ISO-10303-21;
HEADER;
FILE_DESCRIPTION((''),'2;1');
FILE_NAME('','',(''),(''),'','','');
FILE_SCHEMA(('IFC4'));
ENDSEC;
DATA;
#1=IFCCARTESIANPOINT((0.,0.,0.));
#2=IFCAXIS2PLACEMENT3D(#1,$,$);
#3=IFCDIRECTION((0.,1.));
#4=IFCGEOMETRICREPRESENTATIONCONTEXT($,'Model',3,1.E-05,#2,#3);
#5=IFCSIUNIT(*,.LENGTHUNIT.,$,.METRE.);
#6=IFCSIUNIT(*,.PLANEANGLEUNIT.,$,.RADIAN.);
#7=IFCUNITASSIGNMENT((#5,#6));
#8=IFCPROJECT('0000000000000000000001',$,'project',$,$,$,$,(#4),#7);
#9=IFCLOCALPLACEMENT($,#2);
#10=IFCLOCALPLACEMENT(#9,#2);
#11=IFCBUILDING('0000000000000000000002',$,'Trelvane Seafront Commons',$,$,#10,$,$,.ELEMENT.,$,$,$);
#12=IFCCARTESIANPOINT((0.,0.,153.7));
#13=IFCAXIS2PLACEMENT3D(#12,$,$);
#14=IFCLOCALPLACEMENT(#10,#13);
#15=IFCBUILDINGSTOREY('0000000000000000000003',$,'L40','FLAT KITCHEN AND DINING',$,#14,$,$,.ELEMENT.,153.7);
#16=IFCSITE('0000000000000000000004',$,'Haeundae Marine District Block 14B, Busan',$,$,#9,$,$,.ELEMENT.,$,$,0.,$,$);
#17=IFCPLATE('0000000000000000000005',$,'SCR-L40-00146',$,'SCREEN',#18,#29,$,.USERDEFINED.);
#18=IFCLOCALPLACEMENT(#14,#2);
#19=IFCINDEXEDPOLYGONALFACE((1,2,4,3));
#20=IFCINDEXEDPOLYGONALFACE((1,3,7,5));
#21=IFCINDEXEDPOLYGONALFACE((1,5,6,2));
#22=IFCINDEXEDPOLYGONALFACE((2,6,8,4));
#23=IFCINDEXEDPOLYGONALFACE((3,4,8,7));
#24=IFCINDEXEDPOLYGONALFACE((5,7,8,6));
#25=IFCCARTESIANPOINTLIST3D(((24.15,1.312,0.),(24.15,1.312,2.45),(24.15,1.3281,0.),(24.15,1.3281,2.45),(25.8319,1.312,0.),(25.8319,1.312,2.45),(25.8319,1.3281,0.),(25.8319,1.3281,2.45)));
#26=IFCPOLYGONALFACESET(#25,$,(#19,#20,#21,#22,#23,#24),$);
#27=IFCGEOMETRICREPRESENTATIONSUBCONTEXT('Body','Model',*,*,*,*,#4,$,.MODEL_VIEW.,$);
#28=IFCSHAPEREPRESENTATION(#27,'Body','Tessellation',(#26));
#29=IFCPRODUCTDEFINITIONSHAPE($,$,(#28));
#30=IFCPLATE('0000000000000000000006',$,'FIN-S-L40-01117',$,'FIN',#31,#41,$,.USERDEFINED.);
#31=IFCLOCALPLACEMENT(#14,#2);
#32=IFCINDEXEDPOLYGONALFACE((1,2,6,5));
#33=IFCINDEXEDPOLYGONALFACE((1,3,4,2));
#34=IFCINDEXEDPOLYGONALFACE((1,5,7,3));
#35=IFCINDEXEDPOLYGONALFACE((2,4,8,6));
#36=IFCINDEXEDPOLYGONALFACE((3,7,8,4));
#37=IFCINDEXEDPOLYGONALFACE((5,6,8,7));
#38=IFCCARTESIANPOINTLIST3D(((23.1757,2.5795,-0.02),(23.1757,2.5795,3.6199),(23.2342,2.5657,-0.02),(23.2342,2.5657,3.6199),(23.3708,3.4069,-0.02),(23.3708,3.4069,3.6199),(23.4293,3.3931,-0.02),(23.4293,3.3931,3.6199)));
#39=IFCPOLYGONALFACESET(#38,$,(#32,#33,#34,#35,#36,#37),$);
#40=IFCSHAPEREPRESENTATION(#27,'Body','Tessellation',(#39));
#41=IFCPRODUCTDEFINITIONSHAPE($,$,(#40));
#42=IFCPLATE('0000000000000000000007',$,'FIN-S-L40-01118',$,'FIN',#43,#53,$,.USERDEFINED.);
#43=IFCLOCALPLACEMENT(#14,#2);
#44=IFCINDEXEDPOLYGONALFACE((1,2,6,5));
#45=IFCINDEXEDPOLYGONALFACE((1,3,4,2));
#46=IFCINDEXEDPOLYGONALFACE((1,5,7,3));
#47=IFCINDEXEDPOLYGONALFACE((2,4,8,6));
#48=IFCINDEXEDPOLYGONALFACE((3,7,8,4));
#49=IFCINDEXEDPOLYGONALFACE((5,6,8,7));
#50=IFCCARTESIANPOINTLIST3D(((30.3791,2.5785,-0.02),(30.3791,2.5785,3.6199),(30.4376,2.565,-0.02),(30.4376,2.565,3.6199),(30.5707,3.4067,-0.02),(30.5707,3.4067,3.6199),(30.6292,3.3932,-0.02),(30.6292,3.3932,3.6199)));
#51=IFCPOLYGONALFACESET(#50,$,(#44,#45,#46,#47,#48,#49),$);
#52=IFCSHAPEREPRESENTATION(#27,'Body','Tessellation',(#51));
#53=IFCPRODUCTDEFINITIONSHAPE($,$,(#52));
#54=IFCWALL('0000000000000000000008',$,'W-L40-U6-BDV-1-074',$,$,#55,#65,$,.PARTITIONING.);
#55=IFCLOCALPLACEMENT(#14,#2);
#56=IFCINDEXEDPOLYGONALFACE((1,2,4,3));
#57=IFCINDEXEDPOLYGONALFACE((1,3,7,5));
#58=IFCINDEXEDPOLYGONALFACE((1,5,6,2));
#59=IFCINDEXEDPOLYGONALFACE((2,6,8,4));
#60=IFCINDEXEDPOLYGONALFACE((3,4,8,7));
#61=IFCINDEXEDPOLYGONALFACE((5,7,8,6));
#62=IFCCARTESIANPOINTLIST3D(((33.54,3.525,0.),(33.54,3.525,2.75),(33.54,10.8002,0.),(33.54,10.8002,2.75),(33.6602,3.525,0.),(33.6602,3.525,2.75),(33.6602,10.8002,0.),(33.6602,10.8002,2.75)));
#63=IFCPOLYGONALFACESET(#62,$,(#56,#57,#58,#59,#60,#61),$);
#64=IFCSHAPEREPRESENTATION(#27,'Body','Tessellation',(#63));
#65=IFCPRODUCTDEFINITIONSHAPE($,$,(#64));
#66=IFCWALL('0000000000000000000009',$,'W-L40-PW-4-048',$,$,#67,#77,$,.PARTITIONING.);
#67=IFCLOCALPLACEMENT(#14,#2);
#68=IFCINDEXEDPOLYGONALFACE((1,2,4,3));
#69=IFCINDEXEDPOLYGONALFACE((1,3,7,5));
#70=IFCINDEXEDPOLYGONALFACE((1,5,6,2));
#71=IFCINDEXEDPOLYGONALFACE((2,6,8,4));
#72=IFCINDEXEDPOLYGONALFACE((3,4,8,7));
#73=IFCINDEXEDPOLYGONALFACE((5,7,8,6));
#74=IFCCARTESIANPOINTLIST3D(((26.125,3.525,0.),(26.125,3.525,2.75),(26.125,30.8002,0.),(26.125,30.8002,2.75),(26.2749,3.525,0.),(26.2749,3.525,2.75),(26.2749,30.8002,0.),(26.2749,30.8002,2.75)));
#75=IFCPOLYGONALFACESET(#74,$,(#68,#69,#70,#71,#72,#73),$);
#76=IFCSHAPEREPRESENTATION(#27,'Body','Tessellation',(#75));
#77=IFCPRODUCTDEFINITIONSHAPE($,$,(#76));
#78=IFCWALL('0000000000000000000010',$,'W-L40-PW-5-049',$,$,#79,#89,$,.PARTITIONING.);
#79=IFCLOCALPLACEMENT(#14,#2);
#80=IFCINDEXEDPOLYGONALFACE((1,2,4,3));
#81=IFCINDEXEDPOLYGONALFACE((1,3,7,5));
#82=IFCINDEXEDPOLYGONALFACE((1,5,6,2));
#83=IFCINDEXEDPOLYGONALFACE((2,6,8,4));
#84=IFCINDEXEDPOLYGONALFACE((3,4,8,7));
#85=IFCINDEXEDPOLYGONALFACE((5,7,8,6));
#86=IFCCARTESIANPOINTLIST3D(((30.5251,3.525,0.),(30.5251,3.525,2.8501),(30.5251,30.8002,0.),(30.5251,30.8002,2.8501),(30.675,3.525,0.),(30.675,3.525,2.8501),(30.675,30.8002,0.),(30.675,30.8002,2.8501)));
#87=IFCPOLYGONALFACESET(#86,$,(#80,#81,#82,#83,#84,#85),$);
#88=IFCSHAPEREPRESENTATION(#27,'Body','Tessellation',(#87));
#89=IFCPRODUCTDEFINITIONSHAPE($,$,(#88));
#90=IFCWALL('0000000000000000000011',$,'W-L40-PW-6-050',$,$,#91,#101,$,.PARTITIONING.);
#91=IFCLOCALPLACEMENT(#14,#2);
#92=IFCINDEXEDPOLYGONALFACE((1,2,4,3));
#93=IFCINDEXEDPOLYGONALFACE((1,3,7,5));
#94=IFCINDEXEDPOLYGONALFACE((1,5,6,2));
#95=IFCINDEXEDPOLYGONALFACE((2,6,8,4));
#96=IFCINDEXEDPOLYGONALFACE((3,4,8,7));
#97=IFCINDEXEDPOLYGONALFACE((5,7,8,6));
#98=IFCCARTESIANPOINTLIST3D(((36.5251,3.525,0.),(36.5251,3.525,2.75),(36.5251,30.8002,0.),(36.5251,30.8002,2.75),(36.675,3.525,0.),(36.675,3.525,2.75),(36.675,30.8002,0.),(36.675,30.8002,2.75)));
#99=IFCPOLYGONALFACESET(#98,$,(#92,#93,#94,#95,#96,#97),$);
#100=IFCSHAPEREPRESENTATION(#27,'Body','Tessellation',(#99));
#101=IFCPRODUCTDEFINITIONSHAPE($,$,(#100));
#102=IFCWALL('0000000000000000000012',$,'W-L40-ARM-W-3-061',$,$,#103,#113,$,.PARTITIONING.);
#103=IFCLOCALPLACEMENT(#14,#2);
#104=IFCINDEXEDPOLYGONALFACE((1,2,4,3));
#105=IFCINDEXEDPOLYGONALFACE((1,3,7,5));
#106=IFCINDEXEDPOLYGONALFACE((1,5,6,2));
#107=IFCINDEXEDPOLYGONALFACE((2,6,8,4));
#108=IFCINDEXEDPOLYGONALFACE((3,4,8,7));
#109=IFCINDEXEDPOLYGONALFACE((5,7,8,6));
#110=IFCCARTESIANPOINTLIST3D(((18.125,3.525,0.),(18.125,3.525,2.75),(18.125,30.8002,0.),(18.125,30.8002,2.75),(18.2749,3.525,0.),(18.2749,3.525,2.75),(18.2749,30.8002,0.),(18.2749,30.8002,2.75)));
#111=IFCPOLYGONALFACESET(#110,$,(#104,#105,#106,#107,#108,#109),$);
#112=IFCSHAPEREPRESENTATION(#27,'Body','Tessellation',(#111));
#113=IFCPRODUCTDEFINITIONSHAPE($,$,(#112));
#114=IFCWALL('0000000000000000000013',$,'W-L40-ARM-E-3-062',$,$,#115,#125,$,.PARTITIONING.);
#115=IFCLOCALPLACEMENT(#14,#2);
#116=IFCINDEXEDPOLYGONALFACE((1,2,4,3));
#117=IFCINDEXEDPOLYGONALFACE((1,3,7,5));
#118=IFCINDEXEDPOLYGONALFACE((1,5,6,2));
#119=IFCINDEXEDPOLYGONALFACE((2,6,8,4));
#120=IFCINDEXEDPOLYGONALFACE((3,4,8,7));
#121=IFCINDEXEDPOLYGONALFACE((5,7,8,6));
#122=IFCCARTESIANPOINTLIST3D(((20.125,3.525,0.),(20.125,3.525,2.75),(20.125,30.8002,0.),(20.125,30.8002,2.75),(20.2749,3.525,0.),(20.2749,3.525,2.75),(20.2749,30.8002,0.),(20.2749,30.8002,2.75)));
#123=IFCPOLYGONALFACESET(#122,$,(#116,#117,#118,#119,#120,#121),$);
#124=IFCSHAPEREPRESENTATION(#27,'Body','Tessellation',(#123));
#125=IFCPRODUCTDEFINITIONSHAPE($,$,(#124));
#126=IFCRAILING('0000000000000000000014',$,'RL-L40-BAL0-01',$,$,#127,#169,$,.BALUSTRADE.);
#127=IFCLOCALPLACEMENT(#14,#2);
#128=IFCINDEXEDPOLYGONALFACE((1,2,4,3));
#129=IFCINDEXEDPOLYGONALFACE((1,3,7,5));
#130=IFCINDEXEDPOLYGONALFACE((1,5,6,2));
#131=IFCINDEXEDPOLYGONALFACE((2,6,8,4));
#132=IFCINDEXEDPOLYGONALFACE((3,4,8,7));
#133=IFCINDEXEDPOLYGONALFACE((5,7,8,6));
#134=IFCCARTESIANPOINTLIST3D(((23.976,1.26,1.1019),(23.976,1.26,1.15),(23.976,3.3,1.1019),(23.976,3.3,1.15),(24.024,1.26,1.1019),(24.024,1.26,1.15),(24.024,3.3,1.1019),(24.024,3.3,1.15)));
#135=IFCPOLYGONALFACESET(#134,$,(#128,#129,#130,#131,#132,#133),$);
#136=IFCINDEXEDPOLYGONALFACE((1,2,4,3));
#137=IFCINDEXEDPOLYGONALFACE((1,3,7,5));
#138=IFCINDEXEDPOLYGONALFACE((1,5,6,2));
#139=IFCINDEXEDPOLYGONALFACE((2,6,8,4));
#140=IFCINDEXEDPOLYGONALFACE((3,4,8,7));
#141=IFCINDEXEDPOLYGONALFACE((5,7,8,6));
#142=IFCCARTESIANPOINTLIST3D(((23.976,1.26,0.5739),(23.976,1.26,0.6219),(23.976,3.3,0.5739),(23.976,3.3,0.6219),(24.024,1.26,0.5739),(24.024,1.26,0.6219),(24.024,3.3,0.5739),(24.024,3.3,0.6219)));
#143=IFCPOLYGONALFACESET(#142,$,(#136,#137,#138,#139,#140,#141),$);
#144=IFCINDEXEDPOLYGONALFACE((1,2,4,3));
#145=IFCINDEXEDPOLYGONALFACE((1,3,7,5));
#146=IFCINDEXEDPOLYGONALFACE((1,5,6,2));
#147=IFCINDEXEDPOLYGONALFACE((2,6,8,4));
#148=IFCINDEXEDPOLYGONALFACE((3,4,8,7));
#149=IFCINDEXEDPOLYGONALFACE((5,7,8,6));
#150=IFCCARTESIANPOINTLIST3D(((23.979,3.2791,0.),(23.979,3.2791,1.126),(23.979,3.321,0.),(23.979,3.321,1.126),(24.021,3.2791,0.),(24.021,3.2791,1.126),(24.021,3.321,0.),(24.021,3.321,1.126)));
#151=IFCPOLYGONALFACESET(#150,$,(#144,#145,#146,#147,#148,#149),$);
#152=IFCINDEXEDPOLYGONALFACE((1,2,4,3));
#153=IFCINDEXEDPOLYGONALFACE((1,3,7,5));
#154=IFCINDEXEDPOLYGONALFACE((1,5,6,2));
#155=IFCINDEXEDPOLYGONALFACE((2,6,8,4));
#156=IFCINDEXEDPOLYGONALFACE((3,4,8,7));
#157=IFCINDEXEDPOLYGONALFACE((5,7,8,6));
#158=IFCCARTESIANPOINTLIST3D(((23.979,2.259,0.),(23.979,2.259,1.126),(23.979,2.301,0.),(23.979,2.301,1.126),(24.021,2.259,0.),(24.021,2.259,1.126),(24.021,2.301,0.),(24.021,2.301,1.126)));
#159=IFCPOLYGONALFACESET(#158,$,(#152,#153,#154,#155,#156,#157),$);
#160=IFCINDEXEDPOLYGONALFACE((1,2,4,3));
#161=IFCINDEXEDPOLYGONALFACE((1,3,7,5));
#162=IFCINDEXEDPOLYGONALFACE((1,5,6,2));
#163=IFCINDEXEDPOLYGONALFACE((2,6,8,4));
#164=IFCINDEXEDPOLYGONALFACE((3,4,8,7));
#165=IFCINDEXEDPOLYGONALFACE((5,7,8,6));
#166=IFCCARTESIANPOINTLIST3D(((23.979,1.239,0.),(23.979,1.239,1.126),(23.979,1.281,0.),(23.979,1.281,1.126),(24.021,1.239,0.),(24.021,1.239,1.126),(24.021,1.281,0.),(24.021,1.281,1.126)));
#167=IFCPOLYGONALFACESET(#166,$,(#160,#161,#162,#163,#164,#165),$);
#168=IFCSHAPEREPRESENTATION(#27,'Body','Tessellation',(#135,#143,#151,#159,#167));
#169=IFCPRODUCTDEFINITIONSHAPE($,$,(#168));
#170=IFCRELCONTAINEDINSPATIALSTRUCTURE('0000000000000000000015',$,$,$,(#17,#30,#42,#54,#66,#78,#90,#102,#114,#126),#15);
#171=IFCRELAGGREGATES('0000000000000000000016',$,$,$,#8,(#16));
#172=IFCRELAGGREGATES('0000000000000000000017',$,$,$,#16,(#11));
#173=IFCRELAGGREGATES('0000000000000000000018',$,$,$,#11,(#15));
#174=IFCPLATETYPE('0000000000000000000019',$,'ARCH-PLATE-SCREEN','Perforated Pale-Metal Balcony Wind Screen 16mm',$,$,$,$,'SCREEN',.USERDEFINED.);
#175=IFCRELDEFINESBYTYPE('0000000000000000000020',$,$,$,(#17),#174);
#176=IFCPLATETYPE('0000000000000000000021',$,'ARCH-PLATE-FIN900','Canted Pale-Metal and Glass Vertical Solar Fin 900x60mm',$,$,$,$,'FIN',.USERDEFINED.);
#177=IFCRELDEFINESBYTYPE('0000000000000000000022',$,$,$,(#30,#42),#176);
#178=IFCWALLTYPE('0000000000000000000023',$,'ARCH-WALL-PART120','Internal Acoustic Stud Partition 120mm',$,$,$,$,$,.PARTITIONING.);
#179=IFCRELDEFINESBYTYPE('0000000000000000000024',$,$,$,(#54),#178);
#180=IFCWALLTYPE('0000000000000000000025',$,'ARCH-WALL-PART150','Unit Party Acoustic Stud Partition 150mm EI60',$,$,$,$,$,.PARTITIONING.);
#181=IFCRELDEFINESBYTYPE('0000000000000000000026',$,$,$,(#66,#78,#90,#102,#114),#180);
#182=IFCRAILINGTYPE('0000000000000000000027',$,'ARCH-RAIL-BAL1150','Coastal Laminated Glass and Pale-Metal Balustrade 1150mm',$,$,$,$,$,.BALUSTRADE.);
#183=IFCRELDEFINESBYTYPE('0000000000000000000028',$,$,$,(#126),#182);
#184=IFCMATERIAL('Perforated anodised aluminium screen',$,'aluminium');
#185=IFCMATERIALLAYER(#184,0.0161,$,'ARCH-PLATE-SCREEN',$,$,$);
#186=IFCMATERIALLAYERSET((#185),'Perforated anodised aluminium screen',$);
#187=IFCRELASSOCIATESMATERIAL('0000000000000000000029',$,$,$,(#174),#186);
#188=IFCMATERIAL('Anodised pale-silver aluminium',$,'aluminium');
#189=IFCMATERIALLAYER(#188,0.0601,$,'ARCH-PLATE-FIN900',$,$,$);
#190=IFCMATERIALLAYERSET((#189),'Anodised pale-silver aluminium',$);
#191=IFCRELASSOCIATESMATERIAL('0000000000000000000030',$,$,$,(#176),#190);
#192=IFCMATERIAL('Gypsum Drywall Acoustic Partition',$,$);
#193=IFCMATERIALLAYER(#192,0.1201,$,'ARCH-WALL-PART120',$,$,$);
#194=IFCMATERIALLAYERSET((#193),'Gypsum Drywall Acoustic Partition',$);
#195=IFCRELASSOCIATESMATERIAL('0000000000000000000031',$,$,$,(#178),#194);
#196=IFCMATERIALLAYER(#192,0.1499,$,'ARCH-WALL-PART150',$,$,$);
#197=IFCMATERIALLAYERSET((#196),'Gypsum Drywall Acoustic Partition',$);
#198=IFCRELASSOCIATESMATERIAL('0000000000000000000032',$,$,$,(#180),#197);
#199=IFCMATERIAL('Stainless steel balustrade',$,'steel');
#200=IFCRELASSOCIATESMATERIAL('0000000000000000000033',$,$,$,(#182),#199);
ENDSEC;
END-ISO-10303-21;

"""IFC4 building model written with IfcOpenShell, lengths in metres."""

from ifc_helpers import new_model, si_unit, direction, frame, frame_2d, origin, origin_2d, place, context, subcontext, project, spatial, rectangle, extrude, source, transform, mapped, material, layer, layer_set, type_object, element, save


model = new_model("IFC4")

# Units and contexts
model_context = context("Model", 3, precision=1e-05, world=origin(), true_north=direction((0.0, 1.0)))
body_context = subcontext(model_context, "Body", "Model", "MODEL_VIEW")
ifc_project = project(units=[si_unit("LENGTHUNIT", "METRE"), si_unit("PLANEANGLEUNIT", "RADIAN")], contexts=[model_context])

# Site, building, storey
site_placement = place(None, origin())
site = spatial("IfcSite", under=ifc_project, at=site_placement, Name="Haeundae Marine District Block 14B, Busan", CompositionType="ELEMENT", RefElevation=0.0)
building_placement = place(site_placement, origin())
building = spatial("IfcBuilding", under=site, at=building_placement, Name="Trelvane Seafront Commons", CompositionType="ELEMENT")
storey_placement = place(building_placement, frame((0.0, 0.0, 153.7)))
storey = spatial("IfcBuildingStorey", under=building, at=storey_placement, Name="L40", Description="FLAT KITCHEN AND DINING", CompositionType="ELEMENT", Elevation=153.7)

# Plates
ifc_material_1 = material(Name="Perforated anodised aluminium screen", Category="aluminium")
ifc_layer_1 = layer(ifc_material_1, 0.0161, Name="ARCH-PLATE-SCREEN")
ifc_layer_set_1 = layer_set([ifc_layer_1], Name="Perforated anodised aluminium screen")
plate_type_1 = type_object("IfcPlateType", Name="ARCH-PLATE-SCREEN", Description="Perforated Pale-Metal Balcony Wind Screen 16mm", ElementType="SCREEN", PredefinedType="USERDEFINED", material=ifc_layer_set_1)
shared_shape_1 = source(origin(), body_context, "Body", "SweptSolid", [
    extrude(rectangle(XDim=1.6819, YDim=0.0161, at=origin_2d()), origin(), (0.0, 0.0, 1.0), 2.45),
])
plate_placement = place(storey_placement, frame((24.991, 1.3201, 0.0), z_axis=(0.0, 0.0, 1.0), x_axis=(1.0, 0.0, 0.0)))
element("IfcPlate", 1, at=plate_placement, inside=storey, type_object=plate_type_1, Name="SCR-L40-00146", ObjectType="SCREEN", PredefinedType="USERDEFINED", context=body_context, shape_type="MappedRepresentation", body=[
    mapped(shared_shape_1, transform((0.0, 0.0, 0.0), x_axis=(1.0, 0.0, 0.0), y_axis=(0.0, 1.0, 0.0), z_axis=(0.0, 0.0, 1.0), scale=1.0)),
])
ifc_material_2 = material(Name="Anodised pale-silver aluminium", Category="aluminium")
ifc_layer_2 = layer(ifc_material_2, 0.0601, Name="ARCH-PLATE-FIN900")
ifc_layer_set_2 = layer_set([ifc_layer_2], Name="Anodised pale-silver aluminium")
plate_type_2 = type_object("IfcPlateType", Name="ARCH-PLATE-FIN900", Description="Canted Pale-Metal and Glass Vertical Solar Fin 900x60mm", ElementType="FIN", PredefinedType="USERDEFINED", material=ifc_layer_set_2)
shared_shape_2 = source(origin(), body_context, "Body", "SweptSolid", [
    extrude(rectangle(XDim=0.8501, YDim=0.0601, at=origin_2d()), origin(), (0.0, 0.0, 1.0), 3.6399),
])
for number, where, z_axis, x_axis, name in (
    (2, (23.3025, 2.9863, -0.02), (0.0, 0.0, 1.0), (-0.229532, -0.973301, 0.0), "FIN-S-L40-01117"),
    (3, (30.5042, 2.9858, -0.02), (0.0, 0.0, 1.0), (-0.225419, -0.974262, 0.0), "FIN-S-L40-01118"),
):
    element("IfcPlate", number, at=place(storey_placement, frame(where, z_axis=z_axis, x_axis=x_axis)), inside=storey, type_object=plate_type_2, Name=name, ObjectType="FIN", PredefinedType="USERDEFINED", context=body_context, shape_type="MappedRepresentation", body=[
        mapped(shared_shape_2, transform((0.0, 0.0, 0.0), x_axis=(1.0, 0.0, 0.0), y_axis=(0.0, 1.0, 0.0), z_axis=(0.0, 0.0, 1.0), scale=1.0)),
    ])

# Shared definitions
ifc_material_3 = material(Name="Gypsum Drywall Acoustic Partition")
ifc_layer_3 = layer(ifc_material_3, 0.1201, Name="ARCH-WALL-PART120")
ifc_layer_set_3 = layer_set([ifc_layer_3], Name="Gypsum Drywall Acoustic Partition")
wall_type_1 = type_object("IfcWallType", Name="ARCH-WALL-PART120", Description="Internal Acoustic Stud Partition 120mm", PredefinedType="PARTITIONING", material=ifc_layer_set_3)

# Walls
wall_1_placement = place(storey_placement, frame((33.6001, 3.5249, 0.0), z_axis=(0.0, 0.0, 1.0), x_axis=(0.0, 1.0, 0.0)))
element("IfcWall", 4, at=wall_1_placement, inside=storey, type_object=wall_type_1, Name="W-L40-U6-BDV-1-074", PredefinedType="PARTITIONING", context=body_context, shape_type="SweptSolid", body=[
    extrude(rectangle(XDim=7.2751, YDim=0.1201, at=frame_2d((3.6377, 0.0))), origin(), (0.0, 0.0, 1.0), 2.75),
])
ifc_layer_4 = layer(ifc_material_3, 0.1499, Name="ARCH-WALL-PART150")
ifc_layer_set_4 = layer_set([ifc_layer_4], Name="Gypsum Drywall Acoustic Partition")
wall_type_2 = type_object("IfcWallType", Name="ARCH-WALL-PART150", Description="Unit Party Acoustic Stud Partition 150mm EI60", PredefinedType="PARTITIONING", material=ifc_layer_set_4)
wall_2_placement = place(storey_placement, frame((26.2, 3.5249, 0.0), z_axis=(0.0, 0.0, 1.0), x_axis=(0.0, 1.0, 0.0)))
element("IfcWall", 5, at=wall_2_placement, inside=storey, type_object=wall_type_2, Name="W-L40-PW-4-048", PredefinedType="PARTITIONING", context=body_context, shape_type="SweptSolid", body=[
    extrude(rectangle(XDim=27.2751, YDim=0.1499, at=frame_2d((13.6377, 0.0))), origin(), (0.0, 0.0, 1.0), 2.75),
])
wall_3_placement = place(storey_placement, frame((30.6001, 3.5249, 0.0), z_axis=(0.0, 0.0, 1.0), x_axis=(0.0, 1.0, 0.0)))
element("IfcWall", 6, at=wall_3_placement, inside=storey, type_object=wall_type_2, Name="W-L40-PW-5-049", PredefinedType="PARTITIONING", context=body_context, shape_type="SweptSolid", body=[
    extrude(rectangle(XDim=27.2751, YDim=0.1499, at=frame_2d((13.6377, 0.0))), origin(), (0.0, 0.0, 1.0), 2.8501),
])
for number, where, z_axis, x_axis, name in (
    (7, (36.6001, 3.5249, 0.0), (0.0, 0.0, 1.0), (0.0, 1.0, 0.0), "W-L40-PW-6-050"),
    (8, (18.2, 3.5249, 0.0), (0.0, 0.0, 1.0), (0.0, 1.0, 0.0), "W-L40-ARM-W-3-061"),
    (9, (20.2, 3.5249, 0.0), (0.0, 0.0, 1.0), (0.0, 1.0, 0.0), "W-L40-ARM-E-3-062"),
):
    element("IfcWall", number, at=place(storey_placement, frame(where, z_axis=z_axis, x_axis=x_axis)), inside=storey, type_object=wall_type_2, Name=name, PredefinedType="PARTITIONING", context=body_context, shape_type="SweptSolid", body=[
        extrude(rectangle(XDim=27.2751, YDim=0.1499, at=frame_2d((13.6377, 0.0))), origin(), (0.0, 0.0, 1.0), 2.75),
    ])

# Railing
ifc_material_4 = material(Name="Stainless steel balustrade", Category="steel")
railing_type = type_object("IfcRailingType", Name="ARCH-RAIL-BAL1150", Description="Coastal Laminated Glass and Pale-Metal Balustrade 1150mm", PredefinedType="BALUSTRADE", material=ifc_material_4)
railing_1_placement = place(storey_placement, frame((24.0, 3.3, 0.0)))
element("IfcRailing", 10, at=railing_1_placement, inside=storey, type_object=railing_type, Name="RL-L40-BAL0-01", PredefinedType="BALUSTRADE", context=body_context, shape_type="SweptSolid", body=[
    extrude(rectangle(XDim=0.0481, YDim=0.0481, at=origin_2d()), frame((0.0, 0.0, 1.126), z_axis=(0.0, -1.0, 0.0), x_axis=(1.0, 0.0, 0.0)), (0.0, 0.0, 1.0), 2.04),
    extrude(rectangle(XDim=0.0481, YDim=0.0481, at=origin_2d()), frame((0.0, 0.0, 0.5979), z_axis=(0.0, -1.0, 0.0), x_axis=(1.0, 0.0, 0.0)), (0.0, 0.0, 1.0), 2.04),
    extrude(rectangle(XDim=0.042, YDim=0.042, at=origin_2d()), origin(), (0.0, 0.0, 1.0), 1.126),
    extrude(rectangle(XDim=0.042, YDim=0.042, at=origin_2d()), frame((0.0, -1.02, 0.0)), (0.0, 0.0, 1.0), 1.126),
    extrude(rectangle(XDim=0.042, YDim=0.042, at=origin_2d()), frame((0.0, -2.04, 0.0)), (0.0, 0.0, 1.0), 1.126),
])

save(model, "model.ifc")
